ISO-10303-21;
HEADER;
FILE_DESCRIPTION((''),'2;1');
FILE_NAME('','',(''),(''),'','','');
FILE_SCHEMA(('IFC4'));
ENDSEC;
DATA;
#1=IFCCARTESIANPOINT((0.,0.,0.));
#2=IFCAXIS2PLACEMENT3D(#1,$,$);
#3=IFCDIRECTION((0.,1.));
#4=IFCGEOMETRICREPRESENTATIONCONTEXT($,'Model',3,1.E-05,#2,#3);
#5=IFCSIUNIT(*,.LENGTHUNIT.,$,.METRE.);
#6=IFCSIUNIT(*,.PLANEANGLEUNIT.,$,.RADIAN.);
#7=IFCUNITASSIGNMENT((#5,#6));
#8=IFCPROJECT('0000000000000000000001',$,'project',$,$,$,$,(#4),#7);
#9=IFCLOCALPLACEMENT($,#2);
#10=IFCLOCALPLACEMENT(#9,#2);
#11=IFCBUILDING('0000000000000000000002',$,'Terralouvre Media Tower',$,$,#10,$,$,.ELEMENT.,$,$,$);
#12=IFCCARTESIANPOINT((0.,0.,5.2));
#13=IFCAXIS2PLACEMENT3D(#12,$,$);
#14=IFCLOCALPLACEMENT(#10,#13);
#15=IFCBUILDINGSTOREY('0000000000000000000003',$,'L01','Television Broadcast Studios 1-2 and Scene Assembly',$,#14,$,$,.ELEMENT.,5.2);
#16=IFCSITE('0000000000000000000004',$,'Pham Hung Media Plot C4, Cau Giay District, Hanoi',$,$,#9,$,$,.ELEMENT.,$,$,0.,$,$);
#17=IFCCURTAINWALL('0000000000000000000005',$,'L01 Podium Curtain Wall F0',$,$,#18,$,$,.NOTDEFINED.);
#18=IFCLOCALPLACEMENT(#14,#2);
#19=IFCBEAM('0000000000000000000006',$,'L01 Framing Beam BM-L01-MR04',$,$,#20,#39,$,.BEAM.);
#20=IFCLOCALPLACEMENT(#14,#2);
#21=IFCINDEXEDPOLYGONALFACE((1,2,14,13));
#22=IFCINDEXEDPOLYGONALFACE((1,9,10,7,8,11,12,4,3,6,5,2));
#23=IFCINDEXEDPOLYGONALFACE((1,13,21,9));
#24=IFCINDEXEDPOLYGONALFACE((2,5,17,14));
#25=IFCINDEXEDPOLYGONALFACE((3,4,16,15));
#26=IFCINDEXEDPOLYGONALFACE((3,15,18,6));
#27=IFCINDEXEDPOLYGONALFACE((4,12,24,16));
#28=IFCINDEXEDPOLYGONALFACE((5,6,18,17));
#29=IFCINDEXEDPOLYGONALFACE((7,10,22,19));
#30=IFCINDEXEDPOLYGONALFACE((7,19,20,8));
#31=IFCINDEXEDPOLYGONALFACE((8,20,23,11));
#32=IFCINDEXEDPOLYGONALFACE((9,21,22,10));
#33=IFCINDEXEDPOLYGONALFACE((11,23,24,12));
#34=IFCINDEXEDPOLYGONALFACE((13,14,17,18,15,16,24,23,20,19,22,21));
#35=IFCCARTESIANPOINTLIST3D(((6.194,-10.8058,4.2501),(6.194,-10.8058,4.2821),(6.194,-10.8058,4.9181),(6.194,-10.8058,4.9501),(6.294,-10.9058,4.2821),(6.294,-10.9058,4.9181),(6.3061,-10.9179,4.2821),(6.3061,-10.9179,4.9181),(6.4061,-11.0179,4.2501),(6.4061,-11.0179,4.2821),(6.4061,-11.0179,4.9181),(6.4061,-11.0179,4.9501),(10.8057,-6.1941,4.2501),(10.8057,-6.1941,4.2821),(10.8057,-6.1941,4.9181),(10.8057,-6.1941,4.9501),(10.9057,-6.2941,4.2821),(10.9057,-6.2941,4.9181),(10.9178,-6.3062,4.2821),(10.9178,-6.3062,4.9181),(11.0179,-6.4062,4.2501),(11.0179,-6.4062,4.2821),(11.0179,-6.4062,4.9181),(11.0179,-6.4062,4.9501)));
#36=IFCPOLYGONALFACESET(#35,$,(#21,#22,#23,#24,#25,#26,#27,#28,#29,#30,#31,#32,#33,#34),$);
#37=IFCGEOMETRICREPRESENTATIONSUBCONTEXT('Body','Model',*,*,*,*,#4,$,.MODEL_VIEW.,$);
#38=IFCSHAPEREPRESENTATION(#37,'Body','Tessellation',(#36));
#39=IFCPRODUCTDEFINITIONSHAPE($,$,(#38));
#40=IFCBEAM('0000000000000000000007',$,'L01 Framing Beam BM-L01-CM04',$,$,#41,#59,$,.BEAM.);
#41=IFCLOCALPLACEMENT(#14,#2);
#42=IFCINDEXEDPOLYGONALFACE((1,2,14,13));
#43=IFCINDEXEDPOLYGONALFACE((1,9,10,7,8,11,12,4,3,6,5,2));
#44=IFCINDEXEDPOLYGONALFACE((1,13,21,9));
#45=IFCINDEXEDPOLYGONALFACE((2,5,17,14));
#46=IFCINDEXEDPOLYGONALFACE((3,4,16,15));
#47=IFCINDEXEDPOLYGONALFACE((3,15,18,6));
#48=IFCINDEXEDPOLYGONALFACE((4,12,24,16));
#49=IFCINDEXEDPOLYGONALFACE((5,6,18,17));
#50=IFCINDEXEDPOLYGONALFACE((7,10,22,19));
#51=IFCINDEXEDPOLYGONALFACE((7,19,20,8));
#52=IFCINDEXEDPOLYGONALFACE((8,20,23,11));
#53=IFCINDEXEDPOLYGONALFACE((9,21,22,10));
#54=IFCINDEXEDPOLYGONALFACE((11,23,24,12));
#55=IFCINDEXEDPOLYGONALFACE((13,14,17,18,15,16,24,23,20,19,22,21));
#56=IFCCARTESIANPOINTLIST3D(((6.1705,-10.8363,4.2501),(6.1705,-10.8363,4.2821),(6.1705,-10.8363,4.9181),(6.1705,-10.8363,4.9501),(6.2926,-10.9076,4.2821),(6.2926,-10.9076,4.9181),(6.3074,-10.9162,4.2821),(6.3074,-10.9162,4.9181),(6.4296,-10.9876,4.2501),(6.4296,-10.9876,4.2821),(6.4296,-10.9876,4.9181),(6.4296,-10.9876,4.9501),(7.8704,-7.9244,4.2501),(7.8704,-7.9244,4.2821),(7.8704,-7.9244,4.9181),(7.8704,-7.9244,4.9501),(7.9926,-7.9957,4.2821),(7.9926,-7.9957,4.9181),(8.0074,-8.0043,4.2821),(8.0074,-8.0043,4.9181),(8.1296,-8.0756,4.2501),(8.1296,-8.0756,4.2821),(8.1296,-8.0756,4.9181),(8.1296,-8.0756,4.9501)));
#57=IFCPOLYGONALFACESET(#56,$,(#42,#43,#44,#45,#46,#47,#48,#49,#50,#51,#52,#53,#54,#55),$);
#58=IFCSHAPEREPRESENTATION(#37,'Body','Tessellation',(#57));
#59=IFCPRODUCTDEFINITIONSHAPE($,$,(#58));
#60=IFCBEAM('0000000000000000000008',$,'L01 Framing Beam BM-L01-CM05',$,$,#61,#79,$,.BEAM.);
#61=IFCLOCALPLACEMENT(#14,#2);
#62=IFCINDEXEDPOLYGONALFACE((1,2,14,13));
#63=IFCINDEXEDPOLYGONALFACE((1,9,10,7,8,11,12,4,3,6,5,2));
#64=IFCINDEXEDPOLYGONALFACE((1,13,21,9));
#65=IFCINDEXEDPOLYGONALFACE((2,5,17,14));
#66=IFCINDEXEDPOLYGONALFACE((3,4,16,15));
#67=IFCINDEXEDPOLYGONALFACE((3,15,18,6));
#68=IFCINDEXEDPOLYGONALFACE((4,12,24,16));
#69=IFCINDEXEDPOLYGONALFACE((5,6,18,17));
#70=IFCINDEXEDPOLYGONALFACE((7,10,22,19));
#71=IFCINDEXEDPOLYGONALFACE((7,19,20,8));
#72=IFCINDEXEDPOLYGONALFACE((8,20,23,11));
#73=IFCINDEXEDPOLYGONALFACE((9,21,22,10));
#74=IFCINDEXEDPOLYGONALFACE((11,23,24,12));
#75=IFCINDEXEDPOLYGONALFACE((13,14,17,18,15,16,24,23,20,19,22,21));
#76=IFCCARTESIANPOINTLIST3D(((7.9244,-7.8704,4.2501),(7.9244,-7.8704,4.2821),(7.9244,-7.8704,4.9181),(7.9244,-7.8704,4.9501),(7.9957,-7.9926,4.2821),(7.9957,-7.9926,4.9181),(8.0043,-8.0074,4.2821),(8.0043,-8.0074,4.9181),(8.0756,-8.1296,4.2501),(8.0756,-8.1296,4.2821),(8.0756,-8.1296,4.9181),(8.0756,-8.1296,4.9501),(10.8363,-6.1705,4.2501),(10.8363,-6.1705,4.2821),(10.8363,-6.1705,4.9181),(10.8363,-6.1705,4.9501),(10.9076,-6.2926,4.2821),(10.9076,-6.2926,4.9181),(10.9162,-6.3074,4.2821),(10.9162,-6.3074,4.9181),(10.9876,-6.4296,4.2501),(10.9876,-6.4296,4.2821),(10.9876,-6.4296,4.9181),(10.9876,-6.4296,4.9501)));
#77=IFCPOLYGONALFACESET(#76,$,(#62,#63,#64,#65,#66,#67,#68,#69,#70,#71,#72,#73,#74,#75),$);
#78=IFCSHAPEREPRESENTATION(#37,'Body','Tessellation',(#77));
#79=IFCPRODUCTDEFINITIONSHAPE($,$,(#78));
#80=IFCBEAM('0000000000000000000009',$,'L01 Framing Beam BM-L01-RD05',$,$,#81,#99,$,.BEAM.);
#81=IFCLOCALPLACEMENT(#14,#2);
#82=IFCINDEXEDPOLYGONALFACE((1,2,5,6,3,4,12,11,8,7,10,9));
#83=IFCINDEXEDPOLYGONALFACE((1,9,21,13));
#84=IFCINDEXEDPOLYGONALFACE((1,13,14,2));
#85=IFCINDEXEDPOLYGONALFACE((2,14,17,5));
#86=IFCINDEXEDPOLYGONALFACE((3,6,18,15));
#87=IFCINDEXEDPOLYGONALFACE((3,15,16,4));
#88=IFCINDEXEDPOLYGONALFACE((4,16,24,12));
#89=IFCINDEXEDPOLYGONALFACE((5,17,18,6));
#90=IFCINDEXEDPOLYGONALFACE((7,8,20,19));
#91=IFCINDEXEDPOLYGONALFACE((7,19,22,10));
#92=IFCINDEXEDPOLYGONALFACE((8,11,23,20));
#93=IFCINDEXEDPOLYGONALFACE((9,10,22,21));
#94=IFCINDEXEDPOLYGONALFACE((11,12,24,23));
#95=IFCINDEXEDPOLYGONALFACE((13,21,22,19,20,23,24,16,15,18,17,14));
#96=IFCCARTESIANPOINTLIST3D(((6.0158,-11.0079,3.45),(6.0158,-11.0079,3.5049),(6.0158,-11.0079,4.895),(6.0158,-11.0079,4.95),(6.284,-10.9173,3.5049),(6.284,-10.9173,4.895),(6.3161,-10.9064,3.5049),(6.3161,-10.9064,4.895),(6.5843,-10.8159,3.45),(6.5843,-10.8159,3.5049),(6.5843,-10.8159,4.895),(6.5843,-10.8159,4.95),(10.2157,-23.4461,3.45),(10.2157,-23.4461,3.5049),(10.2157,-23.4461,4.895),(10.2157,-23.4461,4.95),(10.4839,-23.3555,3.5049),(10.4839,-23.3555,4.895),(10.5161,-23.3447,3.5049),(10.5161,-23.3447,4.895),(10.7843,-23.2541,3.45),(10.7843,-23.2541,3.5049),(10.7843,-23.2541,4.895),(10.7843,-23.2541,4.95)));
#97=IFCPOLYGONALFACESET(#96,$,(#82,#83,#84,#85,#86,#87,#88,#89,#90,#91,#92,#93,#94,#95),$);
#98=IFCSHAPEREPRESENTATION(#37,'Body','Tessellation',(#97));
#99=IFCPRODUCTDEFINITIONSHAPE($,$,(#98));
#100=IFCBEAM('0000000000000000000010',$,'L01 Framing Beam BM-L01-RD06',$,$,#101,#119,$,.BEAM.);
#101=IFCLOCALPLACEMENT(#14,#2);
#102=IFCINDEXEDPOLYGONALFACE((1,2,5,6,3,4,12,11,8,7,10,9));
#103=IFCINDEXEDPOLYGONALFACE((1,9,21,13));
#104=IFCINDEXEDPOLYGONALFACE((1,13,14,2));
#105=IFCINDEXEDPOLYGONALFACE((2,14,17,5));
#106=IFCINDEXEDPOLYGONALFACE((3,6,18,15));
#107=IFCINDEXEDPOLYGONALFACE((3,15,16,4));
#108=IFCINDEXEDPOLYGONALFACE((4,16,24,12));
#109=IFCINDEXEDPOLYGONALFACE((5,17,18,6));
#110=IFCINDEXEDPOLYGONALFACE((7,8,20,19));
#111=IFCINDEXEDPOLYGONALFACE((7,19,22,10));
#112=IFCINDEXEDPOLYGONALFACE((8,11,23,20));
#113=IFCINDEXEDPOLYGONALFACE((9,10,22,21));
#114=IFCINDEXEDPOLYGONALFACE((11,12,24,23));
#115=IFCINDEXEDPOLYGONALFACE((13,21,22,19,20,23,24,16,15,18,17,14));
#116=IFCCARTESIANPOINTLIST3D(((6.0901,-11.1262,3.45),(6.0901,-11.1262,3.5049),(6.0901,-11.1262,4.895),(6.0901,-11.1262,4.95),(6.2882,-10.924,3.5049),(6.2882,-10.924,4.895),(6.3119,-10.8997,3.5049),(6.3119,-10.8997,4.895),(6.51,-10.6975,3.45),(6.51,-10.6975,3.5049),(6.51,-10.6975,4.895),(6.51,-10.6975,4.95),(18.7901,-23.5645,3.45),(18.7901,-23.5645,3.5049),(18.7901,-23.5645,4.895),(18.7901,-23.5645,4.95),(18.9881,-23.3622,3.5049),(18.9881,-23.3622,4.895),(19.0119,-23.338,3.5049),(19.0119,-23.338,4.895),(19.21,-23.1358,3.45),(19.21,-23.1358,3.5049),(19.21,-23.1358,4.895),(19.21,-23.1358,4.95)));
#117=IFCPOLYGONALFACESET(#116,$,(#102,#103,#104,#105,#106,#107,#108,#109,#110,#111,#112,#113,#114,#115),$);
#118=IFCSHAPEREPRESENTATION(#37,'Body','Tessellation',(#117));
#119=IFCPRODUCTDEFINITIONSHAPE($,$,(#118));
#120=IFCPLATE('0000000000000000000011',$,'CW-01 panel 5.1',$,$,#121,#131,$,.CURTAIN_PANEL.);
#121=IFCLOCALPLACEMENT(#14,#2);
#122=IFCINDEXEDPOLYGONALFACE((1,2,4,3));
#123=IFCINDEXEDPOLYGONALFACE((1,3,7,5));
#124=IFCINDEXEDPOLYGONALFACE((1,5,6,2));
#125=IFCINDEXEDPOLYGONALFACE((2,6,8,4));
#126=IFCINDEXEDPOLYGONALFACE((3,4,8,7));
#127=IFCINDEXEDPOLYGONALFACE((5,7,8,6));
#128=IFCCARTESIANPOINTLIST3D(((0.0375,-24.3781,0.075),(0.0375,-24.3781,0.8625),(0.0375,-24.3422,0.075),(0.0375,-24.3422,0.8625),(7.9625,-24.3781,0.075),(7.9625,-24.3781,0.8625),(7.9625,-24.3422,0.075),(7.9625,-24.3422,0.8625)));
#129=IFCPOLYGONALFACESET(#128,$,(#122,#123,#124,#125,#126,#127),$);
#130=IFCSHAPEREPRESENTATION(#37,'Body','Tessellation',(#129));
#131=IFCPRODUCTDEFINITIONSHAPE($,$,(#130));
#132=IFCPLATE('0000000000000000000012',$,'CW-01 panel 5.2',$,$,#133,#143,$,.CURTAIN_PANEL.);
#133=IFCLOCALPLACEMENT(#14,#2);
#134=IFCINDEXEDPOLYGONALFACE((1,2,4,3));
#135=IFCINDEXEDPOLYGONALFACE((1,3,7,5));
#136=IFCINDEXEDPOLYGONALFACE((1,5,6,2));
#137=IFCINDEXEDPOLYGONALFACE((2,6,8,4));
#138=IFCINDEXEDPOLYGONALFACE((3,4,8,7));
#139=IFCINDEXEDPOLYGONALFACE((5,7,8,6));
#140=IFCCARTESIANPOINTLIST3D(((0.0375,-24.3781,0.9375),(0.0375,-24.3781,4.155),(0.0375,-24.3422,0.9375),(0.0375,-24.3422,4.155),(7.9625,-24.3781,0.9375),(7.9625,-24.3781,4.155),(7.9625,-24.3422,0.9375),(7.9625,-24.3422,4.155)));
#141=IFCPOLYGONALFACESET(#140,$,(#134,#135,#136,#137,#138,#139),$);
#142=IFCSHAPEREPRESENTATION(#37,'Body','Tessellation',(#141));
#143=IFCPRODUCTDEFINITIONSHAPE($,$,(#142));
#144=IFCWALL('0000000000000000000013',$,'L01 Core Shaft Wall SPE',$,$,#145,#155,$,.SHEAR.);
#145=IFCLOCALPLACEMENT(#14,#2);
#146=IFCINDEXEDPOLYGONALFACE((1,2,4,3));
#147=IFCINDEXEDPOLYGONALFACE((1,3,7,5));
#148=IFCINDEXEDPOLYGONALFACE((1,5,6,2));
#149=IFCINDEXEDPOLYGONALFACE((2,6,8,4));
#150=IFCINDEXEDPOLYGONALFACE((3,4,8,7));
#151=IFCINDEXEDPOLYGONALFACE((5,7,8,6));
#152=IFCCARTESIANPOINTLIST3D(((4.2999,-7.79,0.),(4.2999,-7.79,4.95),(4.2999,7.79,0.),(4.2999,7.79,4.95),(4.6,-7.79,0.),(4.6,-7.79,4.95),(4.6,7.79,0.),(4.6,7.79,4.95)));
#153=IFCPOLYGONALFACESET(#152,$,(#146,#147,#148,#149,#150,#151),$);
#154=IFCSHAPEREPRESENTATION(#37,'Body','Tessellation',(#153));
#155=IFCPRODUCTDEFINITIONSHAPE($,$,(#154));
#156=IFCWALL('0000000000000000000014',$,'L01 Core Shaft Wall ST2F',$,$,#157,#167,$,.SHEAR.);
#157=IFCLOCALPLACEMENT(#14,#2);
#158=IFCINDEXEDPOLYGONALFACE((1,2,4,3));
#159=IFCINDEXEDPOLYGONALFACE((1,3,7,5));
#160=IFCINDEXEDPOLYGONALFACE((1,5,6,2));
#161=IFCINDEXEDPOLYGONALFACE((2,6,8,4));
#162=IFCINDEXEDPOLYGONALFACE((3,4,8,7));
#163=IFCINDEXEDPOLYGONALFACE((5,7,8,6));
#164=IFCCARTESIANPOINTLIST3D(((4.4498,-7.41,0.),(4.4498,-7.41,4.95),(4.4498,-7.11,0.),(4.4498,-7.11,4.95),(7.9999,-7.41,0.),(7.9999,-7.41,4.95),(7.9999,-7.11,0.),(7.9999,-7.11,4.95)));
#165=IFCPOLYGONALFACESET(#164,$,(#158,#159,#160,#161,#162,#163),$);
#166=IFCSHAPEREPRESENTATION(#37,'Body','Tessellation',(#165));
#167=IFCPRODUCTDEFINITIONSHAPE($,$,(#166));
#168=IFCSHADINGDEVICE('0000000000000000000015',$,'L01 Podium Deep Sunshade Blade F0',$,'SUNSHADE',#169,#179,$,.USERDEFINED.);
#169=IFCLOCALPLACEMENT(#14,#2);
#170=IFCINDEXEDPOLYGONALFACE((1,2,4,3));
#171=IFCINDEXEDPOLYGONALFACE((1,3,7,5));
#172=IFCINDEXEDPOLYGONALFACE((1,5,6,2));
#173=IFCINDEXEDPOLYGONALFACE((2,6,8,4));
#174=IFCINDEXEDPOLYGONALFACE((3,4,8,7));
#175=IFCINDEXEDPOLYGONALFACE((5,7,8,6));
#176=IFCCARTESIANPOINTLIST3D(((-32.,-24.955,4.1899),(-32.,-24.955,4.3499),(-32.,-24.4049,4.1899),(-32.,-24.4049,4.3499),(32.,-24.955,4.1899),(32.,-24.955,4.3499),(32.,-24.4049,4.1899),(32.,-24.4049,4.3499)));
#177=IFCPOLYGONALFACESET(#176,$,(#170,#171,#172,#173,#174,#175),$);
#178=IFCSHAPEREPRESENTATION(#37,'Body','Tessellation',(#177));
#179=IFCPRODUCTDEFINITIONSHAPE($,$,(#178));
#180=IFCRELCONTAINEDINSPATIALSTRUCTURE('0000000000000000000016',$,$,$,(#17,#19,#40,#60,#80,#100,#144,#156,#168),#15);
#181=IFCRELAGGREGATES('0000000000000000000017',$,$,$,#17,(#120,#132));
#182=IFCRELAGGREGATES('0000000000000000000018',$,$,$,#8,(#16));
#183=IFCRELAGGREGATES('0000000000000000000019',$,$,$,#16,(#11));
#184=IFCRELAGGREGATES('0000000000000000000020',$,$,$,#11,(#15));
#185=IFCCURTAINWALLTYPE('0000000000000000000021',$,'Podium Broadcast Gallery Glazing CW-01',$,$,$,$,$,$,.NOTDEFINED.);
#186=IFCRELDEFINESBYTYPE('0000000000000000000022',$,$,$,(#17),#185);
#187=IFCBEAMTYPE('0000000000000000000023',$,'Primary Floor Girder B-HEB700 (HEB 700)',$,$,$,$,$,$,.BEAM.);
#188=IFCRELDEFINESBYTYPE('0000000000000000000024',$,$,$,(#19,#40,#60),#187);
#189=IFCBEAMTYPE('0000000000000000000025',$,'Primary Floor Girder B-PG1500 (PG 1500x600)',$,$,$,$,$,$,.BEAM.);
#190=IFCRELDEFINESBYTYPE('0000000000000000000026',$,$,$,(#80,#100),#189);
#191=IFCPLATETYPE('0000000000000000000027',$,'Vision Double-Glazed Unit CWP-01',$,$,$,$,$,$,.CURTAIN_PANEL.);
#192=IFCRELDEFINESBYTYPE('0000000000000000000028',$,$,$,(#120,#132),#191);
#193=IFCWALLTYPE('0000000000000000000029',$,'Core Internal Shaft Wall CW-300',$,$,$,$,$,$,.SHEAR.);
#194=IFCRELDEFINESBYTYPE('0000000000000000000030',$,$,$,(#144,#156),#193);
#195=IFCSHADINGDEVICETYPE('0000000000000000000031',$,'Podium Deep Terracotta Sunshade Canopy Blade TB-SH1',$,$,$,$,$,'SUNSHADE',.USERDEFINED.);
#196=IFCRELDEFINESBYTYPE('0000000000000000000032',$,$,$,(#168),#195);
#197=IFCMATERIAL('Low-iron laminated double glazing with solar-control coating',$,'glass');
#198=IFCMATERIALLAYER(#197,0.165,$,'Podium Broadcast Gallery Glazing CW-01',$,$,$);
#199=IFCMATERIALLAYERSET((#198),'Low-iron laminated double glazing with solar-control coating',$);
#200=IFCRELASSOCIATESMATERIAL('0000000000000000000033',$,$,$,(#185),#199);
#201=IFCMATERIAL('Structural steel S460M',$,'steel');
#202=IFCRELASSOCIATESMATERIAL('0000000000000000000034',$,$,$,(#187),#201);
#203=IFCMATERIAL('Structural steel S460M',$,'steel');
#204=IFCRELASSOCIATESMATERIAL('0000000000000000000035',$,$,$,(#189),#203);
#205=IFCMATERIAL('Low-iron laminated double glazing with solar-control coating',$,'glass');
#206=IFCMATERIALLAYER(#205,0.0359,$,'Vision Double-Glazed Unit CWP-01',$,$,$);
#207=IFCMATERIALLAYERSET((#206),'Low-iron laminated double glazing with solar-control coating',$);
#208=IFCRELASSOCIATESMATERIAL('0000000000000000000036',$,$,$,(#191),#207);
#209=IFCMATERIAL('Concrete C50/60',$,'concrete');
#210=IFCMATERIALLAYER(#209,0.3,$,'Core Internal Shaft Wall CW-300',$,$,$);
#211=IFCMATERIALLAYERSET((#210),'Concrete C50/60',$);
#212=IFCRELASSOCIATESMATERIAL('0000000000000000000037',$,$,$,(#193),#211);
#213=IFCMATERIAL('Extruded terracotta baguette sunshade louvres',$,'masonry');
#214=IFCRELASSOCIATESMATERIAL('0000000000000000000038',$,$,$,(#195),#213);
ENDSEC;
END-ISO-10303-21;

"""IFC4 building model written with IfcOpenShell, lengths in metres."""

from ifc_helpers import new_model, si_unit, direction, frame, frame_2d, origin, origin_2d, place, context, subcontext, project, spatial, rectangle, i_section, extrude, material, layer, layer_set, material_profile, profile_set, type_object, element, aggregate, save


model = new_model("IFC4")

# Units and contexts
model_context = context("Model", 3, precision=1e-05, world=origin(), true_north=direction((0.0, 1.0)))
body_context = subcontext(model_context, "Body", "Model", "MODEL_VIEW")
ifc_project = project(units=[si_unit("LENGTHUNIT", "METRE"), si_unit("PLANEANGLEUNIT", "RADIAN")], contexts=[model_context])

# Site, building, storey
site_placement = place(None, origin())
site = spatial("IfcSite", under=ifc_project, at=site_placement, Name="Pham Hung Media Plot C4, Cau Giay District, Hanoi", CompositionType="ELEMENT", RefElevation=0.0)
building_placement = place(site_placement, origin())
building = spatial("IfcBuilding", under=site, at=building_placement, Name="Terralouvre Media Tower", CompositionType="ELEMENT")
storey_placement = place(building_placement, frame((0.0, 0.0, 5.2)))
storey = spatial("IfcBuildingStorey", under=building, at=storey_placement, Name="L01", Description="Television Broadcast Studios 1-2 and Scene Assembly", CompositionType="ELEMENT", Elevation=5.2)

# Curtain wall
ifc_material_1 = material(Name="Low-iron laminated double glazing with solar-control coating", Category="glass")
ifc_layer_1 = layer(ifc_material_1, 0.165, Name="Podium Broadcast Gallery Glazing CW-01")
ifc_layer_set_1 = layer_set([ifc_layer_1], Name="Low-iron laminated double glazing with solar-control coating")
curtain_wall_type = type_object("IfcCurtainWallType", Name="Podium Broadcast Gallery Glazing CW-01", PredefinedType="NOTDEFINED", material=ifc_layer_set_1)
curtain_wall_placement = place(storey_placement, origin())
curtain_wall = element("IfcCurtainWall", 1, at=curtain_wall_placement, inside=storey, type_object=curtain_wall_type, Name="L01 Podium Curtain Wall F0", PredefinedType="NOTDEFINED")

# Beams
ifc_material_2 = material(Name="Structural steel S460M", Category="steel")
ifc_material_profile_1 = material_profile(ifc_material_2, i_section(OverallWidth=0.3, OverallDepth=0.7, WebThickness=0.0171, FlangeThickness=0.032, at=origin_2d()), Name="HEB 700")
ifc_profile_set_1 = profile_set([ifc_material_profile_1], Name="Structural steel S460M")
beam_type_1 = type_object("IfcBeamType", Name="Primary Floor Girder B-HEB700 (HEB 700)", PredefinedType="BEAM", material=ifc_profile_set_1)
beam_1_placement = place(storey_placement, frame((6.3, -10.9119, 4.6001), z_axis=(0.707107, 0.707107, 0.0), x_axis=(-0.707107, 0.707107, 0.0)))
element("IfcBeam", 2, at=beam_1_placement, inside=storey, type_object=beam_type_1, Name="L01 Framing Beam BM-L01-MR04", PredefinedType="BEAM", context=body_context, shape_type="SweptSolid", body=[
    extrude(i_section(OverallWidth=0.3, OverallDepth=0.7, WebThickness=0.0171, FlangeThickness=0.032, at=origin_2d()), origin(), (0.0, 0.0, 1.0), 6.522),
])
for number, where, z_axis, x_axis, name in (
    (3, (8.0, -8.0, 4.6001), (-0.504173, -0.863603, 0.0), (0.863603, -0.504173, 0.0), "L01 Framing Beam BM-L01-CM04"),
    (4, (8.0, -8.0, 4.6001), (0.863603, 0.504173, 0.0), (-0.504173, 0.863603, 0.0), "L01 Framing Beam BM-L01-CM05"),
):
    element("IfcBeam", number, at=place(storey_placement, frame(where, z_axis=z_axis, x_axis=x_axis)), inside=storey, type_object=beam_type_1, Name=name, PredefinedType="BEAM", context=body_context, shape_type="SweptSolid", body=[
        extrude(i_section(OverallWidth=0.3, OverallDepth=0.7, WebThickness=0.0171, FlangeThickness=0.032, at=origin_2d()), origin(), (0.0, 0.0, 1.0), 3.3718),
    ])
ifc_material_3 = material(Name="Structural steel S460M", Category="steel")
ifc_material_profile_2 = material_profile(ifc_material_3, i_section(OverallWidth=0.6001, OverallDepth=1.5, WebThickness=0.0339, FlangeThickness=0.0549, at=origin_2d()), Name="PG 1500x600")
ifc_profile_set_2 = profile_set([ifc_material_profile_2], Name="Structural steel S460M")
beam_type_2 = type_object("IfcBeamType", Name="Primary Floor Girder B-PG1500 (PG 1500x600)", PredefinedType="BEAM", material=ifc_profile_set_2)
beam_2_placement = place(storey_placement, frame((6.3, -10.9119, 4.2), z_axis=(0.319919, -0.947445, 0.0), x_axis=(0.947445, 0.319919, 0.0)))
element("IfcBeam", 5, at=beam_2_placement, inside=storey, type_object=beam_type_2, Name="L01 Framing Beam BM-L01-RD05", PredefinedType="BEAM", context=body_context, shape_type="SweptSolid", body=[
    extrude(i_section(OverallWidth=0.6001, OverallDepth=1.5, WebThickness=0.0339, FlangeThickness=0.0549, at=origin_2d()), origin(), (0.0, 0.0, 1.0), 13.1282),
])
beam_3_placement = place(storey_placement, frame((6.3, -10.9119, 4.2), z_axis=(0.71443, -0.699707, 0.0), x_axis=(0.699707, 0.71443, 0.0)))
element("IfcBeam", 6, at=beam_3_placement, inside=storey, type_object=beam_type_2, Name="L01 Framing Beam BM-L01-RD06", PredefinedType="BEAM", context=body_context, shape_type="SweptSolid", body=[
    extrude(i_section(OverallWidth=0.6001, OverallDepth=1.5, WebThickness=0.0339, FlangeThickness=0.0549, at=origin_2d()), origin(), (0.0, 0.0, 1.0), 17.7764),
])

# Plates
ifc_material_4 = material(Name="Low-iron laminated double glazing with solar-control coating", Category="glass")
ifc_layer_2 = layer(ifc_material_4, 0.0359, Name="Vision Double-Glazed Unit CWP-01")
ifc_layer_set_2 = layer_set([ifc_layer_2], Name="Low-iron laminated double glazing with solar-control coating")
plate_type = type_object("IfcPlateType", Name="Vision Double-Glazed Unit CWP-01", PredefinedType="CURTAIN_PANEL", material=ifc_layer_set_2)
plate_1_placement = place(storey_placement, frame((4.0, -24.3601, 0.075), z_axis=(0.0, 0.0, 1.0), x_axis=(1.0, 0.0, 0.0)))
plate_1 = element("IfcPlate", 7, at=plate_1_placement, type_object=plate_type, Name="CW-01 panel 5.1", PredefinedType="CURTAIN_PANEL", context=body_context, shape_type="SweptSolid", body=[
    extrude(rectangle(XDim=7.925, YDim=0.0359, at=origin_2d()), origin(), (0.0, 0.0, 1.0), 0.7876),
])
plate_2_placement = place(storey_placement, frame((4.0, -24.3601, 0.9375), z_axis=(0.0, 0.0, 1.0), x_axis=(1.0, 0.0, 0.0)))
plate_2 = element("IfcPlate", 8, at=plate_2_placement, type_object=plate_type, Name="CW-01 panel 5.2", PredefinedType="CURTAIN_PANEL", context=body_context, shape_type="SweptSolid", body=[
    extrude(rectangle(XDim=7.925, YDim=0.0359, at=origin_2d()), origin(), (0.0, 0.0, 1.0), 3.2175),
])
aggregate(curtain_wall, [plate_1, plate_2])

# Walls
ifc_material_5 = material(Name="Concrete C50/60", Category="concrete")
ifc_layer_3 = layer(ifc_material_5, 0.3, Name="Core Internal Shaft Wall CW-300")
ifc_layer_set_3 = layer_set([ifc_layer_3], Name="Concrete C50/60")
wall_type = type_object("IfcWallType", Name="Core Internal Shaft Wall CW-300", PredefinedType="SHEAR", material=ifc_layer_set_3)
wall_1_placement = place(storey_placement, frame((4.45, -7.79, 0.0), z_axis=(0.0, 0.0, 1.0), x_axis=(0.0, 1.0, 0.0)))
element("IfcWall", 9, at=wall_1_placement, inside=storey, type_object=wall_type, Name="L01 Core Shaft Wall SPE", PredefinedType="SHEAR", context=body_context, shape_type="SweptSolid", body=[
    extrude(rectangle(XDim=15.5801, YDim=0.3, at=frame_2d((7.79, 0.0))), origin(), (0.0, 0.0, 1.0), 4.95),
])
wall_2_placement = place(storey_placement, frame((4.45, -7.26, 0.0), z_axis=(0.0, 0.0, 1.0), x_axis=(1.0, 0.0, 0.0)))
element("IfcWall", 10, at=wall_2_placement, inside=storey, type_object=wall_type, Name="L01 Core Shaft Wall ST2F", PredefinedType="SHEAR", context=body_context, shape_type="SweptSolid", body=[
    extrude(rectangle(XDim=3.55, YDim=0.3, at=frame_2d((1.7749, 0.0))), origin(), (0.0, 0.0, 1.0), 4.95),
])

# Shading device
ifc_material_6 = material(Name="Extruded terracotta baguette sunshade louvres", Category="masonry")
shading_device_type_1 = type_object("IfcShadingDeviceType", Name="Podium Deep Terracotta Sunshade Canopy Blade TB-SH1", ElementType="SUNSHADE", PredefinedType="USERDEFINED", material=ifc_material_6)
shading_device_1_placement = place(storey_placement, frame((0.0, -24.6799, 4.1899), z_axis=(0.0, 0.0, 1.0), x_axis=(1.0, 0.0, 0.0)))
element("IfcShadingDevice", 11, at=shading_device_1_placement, inside=storey, type_object=shading_device_type_1, Name="L01 Podium Deep Sunshade Blade F0", ObjectType="SUNSHADE", PredefinedType="USERDEFINED", context=body_context, shape_type="SweptSolid", body=[
    extrude(rectangle(XDim=64.0, YDim=0.55, at=origin_2d()), origin(), (0.0, 0.0, 1.0), 0.1599),
])

save(model, "model.ifc")
